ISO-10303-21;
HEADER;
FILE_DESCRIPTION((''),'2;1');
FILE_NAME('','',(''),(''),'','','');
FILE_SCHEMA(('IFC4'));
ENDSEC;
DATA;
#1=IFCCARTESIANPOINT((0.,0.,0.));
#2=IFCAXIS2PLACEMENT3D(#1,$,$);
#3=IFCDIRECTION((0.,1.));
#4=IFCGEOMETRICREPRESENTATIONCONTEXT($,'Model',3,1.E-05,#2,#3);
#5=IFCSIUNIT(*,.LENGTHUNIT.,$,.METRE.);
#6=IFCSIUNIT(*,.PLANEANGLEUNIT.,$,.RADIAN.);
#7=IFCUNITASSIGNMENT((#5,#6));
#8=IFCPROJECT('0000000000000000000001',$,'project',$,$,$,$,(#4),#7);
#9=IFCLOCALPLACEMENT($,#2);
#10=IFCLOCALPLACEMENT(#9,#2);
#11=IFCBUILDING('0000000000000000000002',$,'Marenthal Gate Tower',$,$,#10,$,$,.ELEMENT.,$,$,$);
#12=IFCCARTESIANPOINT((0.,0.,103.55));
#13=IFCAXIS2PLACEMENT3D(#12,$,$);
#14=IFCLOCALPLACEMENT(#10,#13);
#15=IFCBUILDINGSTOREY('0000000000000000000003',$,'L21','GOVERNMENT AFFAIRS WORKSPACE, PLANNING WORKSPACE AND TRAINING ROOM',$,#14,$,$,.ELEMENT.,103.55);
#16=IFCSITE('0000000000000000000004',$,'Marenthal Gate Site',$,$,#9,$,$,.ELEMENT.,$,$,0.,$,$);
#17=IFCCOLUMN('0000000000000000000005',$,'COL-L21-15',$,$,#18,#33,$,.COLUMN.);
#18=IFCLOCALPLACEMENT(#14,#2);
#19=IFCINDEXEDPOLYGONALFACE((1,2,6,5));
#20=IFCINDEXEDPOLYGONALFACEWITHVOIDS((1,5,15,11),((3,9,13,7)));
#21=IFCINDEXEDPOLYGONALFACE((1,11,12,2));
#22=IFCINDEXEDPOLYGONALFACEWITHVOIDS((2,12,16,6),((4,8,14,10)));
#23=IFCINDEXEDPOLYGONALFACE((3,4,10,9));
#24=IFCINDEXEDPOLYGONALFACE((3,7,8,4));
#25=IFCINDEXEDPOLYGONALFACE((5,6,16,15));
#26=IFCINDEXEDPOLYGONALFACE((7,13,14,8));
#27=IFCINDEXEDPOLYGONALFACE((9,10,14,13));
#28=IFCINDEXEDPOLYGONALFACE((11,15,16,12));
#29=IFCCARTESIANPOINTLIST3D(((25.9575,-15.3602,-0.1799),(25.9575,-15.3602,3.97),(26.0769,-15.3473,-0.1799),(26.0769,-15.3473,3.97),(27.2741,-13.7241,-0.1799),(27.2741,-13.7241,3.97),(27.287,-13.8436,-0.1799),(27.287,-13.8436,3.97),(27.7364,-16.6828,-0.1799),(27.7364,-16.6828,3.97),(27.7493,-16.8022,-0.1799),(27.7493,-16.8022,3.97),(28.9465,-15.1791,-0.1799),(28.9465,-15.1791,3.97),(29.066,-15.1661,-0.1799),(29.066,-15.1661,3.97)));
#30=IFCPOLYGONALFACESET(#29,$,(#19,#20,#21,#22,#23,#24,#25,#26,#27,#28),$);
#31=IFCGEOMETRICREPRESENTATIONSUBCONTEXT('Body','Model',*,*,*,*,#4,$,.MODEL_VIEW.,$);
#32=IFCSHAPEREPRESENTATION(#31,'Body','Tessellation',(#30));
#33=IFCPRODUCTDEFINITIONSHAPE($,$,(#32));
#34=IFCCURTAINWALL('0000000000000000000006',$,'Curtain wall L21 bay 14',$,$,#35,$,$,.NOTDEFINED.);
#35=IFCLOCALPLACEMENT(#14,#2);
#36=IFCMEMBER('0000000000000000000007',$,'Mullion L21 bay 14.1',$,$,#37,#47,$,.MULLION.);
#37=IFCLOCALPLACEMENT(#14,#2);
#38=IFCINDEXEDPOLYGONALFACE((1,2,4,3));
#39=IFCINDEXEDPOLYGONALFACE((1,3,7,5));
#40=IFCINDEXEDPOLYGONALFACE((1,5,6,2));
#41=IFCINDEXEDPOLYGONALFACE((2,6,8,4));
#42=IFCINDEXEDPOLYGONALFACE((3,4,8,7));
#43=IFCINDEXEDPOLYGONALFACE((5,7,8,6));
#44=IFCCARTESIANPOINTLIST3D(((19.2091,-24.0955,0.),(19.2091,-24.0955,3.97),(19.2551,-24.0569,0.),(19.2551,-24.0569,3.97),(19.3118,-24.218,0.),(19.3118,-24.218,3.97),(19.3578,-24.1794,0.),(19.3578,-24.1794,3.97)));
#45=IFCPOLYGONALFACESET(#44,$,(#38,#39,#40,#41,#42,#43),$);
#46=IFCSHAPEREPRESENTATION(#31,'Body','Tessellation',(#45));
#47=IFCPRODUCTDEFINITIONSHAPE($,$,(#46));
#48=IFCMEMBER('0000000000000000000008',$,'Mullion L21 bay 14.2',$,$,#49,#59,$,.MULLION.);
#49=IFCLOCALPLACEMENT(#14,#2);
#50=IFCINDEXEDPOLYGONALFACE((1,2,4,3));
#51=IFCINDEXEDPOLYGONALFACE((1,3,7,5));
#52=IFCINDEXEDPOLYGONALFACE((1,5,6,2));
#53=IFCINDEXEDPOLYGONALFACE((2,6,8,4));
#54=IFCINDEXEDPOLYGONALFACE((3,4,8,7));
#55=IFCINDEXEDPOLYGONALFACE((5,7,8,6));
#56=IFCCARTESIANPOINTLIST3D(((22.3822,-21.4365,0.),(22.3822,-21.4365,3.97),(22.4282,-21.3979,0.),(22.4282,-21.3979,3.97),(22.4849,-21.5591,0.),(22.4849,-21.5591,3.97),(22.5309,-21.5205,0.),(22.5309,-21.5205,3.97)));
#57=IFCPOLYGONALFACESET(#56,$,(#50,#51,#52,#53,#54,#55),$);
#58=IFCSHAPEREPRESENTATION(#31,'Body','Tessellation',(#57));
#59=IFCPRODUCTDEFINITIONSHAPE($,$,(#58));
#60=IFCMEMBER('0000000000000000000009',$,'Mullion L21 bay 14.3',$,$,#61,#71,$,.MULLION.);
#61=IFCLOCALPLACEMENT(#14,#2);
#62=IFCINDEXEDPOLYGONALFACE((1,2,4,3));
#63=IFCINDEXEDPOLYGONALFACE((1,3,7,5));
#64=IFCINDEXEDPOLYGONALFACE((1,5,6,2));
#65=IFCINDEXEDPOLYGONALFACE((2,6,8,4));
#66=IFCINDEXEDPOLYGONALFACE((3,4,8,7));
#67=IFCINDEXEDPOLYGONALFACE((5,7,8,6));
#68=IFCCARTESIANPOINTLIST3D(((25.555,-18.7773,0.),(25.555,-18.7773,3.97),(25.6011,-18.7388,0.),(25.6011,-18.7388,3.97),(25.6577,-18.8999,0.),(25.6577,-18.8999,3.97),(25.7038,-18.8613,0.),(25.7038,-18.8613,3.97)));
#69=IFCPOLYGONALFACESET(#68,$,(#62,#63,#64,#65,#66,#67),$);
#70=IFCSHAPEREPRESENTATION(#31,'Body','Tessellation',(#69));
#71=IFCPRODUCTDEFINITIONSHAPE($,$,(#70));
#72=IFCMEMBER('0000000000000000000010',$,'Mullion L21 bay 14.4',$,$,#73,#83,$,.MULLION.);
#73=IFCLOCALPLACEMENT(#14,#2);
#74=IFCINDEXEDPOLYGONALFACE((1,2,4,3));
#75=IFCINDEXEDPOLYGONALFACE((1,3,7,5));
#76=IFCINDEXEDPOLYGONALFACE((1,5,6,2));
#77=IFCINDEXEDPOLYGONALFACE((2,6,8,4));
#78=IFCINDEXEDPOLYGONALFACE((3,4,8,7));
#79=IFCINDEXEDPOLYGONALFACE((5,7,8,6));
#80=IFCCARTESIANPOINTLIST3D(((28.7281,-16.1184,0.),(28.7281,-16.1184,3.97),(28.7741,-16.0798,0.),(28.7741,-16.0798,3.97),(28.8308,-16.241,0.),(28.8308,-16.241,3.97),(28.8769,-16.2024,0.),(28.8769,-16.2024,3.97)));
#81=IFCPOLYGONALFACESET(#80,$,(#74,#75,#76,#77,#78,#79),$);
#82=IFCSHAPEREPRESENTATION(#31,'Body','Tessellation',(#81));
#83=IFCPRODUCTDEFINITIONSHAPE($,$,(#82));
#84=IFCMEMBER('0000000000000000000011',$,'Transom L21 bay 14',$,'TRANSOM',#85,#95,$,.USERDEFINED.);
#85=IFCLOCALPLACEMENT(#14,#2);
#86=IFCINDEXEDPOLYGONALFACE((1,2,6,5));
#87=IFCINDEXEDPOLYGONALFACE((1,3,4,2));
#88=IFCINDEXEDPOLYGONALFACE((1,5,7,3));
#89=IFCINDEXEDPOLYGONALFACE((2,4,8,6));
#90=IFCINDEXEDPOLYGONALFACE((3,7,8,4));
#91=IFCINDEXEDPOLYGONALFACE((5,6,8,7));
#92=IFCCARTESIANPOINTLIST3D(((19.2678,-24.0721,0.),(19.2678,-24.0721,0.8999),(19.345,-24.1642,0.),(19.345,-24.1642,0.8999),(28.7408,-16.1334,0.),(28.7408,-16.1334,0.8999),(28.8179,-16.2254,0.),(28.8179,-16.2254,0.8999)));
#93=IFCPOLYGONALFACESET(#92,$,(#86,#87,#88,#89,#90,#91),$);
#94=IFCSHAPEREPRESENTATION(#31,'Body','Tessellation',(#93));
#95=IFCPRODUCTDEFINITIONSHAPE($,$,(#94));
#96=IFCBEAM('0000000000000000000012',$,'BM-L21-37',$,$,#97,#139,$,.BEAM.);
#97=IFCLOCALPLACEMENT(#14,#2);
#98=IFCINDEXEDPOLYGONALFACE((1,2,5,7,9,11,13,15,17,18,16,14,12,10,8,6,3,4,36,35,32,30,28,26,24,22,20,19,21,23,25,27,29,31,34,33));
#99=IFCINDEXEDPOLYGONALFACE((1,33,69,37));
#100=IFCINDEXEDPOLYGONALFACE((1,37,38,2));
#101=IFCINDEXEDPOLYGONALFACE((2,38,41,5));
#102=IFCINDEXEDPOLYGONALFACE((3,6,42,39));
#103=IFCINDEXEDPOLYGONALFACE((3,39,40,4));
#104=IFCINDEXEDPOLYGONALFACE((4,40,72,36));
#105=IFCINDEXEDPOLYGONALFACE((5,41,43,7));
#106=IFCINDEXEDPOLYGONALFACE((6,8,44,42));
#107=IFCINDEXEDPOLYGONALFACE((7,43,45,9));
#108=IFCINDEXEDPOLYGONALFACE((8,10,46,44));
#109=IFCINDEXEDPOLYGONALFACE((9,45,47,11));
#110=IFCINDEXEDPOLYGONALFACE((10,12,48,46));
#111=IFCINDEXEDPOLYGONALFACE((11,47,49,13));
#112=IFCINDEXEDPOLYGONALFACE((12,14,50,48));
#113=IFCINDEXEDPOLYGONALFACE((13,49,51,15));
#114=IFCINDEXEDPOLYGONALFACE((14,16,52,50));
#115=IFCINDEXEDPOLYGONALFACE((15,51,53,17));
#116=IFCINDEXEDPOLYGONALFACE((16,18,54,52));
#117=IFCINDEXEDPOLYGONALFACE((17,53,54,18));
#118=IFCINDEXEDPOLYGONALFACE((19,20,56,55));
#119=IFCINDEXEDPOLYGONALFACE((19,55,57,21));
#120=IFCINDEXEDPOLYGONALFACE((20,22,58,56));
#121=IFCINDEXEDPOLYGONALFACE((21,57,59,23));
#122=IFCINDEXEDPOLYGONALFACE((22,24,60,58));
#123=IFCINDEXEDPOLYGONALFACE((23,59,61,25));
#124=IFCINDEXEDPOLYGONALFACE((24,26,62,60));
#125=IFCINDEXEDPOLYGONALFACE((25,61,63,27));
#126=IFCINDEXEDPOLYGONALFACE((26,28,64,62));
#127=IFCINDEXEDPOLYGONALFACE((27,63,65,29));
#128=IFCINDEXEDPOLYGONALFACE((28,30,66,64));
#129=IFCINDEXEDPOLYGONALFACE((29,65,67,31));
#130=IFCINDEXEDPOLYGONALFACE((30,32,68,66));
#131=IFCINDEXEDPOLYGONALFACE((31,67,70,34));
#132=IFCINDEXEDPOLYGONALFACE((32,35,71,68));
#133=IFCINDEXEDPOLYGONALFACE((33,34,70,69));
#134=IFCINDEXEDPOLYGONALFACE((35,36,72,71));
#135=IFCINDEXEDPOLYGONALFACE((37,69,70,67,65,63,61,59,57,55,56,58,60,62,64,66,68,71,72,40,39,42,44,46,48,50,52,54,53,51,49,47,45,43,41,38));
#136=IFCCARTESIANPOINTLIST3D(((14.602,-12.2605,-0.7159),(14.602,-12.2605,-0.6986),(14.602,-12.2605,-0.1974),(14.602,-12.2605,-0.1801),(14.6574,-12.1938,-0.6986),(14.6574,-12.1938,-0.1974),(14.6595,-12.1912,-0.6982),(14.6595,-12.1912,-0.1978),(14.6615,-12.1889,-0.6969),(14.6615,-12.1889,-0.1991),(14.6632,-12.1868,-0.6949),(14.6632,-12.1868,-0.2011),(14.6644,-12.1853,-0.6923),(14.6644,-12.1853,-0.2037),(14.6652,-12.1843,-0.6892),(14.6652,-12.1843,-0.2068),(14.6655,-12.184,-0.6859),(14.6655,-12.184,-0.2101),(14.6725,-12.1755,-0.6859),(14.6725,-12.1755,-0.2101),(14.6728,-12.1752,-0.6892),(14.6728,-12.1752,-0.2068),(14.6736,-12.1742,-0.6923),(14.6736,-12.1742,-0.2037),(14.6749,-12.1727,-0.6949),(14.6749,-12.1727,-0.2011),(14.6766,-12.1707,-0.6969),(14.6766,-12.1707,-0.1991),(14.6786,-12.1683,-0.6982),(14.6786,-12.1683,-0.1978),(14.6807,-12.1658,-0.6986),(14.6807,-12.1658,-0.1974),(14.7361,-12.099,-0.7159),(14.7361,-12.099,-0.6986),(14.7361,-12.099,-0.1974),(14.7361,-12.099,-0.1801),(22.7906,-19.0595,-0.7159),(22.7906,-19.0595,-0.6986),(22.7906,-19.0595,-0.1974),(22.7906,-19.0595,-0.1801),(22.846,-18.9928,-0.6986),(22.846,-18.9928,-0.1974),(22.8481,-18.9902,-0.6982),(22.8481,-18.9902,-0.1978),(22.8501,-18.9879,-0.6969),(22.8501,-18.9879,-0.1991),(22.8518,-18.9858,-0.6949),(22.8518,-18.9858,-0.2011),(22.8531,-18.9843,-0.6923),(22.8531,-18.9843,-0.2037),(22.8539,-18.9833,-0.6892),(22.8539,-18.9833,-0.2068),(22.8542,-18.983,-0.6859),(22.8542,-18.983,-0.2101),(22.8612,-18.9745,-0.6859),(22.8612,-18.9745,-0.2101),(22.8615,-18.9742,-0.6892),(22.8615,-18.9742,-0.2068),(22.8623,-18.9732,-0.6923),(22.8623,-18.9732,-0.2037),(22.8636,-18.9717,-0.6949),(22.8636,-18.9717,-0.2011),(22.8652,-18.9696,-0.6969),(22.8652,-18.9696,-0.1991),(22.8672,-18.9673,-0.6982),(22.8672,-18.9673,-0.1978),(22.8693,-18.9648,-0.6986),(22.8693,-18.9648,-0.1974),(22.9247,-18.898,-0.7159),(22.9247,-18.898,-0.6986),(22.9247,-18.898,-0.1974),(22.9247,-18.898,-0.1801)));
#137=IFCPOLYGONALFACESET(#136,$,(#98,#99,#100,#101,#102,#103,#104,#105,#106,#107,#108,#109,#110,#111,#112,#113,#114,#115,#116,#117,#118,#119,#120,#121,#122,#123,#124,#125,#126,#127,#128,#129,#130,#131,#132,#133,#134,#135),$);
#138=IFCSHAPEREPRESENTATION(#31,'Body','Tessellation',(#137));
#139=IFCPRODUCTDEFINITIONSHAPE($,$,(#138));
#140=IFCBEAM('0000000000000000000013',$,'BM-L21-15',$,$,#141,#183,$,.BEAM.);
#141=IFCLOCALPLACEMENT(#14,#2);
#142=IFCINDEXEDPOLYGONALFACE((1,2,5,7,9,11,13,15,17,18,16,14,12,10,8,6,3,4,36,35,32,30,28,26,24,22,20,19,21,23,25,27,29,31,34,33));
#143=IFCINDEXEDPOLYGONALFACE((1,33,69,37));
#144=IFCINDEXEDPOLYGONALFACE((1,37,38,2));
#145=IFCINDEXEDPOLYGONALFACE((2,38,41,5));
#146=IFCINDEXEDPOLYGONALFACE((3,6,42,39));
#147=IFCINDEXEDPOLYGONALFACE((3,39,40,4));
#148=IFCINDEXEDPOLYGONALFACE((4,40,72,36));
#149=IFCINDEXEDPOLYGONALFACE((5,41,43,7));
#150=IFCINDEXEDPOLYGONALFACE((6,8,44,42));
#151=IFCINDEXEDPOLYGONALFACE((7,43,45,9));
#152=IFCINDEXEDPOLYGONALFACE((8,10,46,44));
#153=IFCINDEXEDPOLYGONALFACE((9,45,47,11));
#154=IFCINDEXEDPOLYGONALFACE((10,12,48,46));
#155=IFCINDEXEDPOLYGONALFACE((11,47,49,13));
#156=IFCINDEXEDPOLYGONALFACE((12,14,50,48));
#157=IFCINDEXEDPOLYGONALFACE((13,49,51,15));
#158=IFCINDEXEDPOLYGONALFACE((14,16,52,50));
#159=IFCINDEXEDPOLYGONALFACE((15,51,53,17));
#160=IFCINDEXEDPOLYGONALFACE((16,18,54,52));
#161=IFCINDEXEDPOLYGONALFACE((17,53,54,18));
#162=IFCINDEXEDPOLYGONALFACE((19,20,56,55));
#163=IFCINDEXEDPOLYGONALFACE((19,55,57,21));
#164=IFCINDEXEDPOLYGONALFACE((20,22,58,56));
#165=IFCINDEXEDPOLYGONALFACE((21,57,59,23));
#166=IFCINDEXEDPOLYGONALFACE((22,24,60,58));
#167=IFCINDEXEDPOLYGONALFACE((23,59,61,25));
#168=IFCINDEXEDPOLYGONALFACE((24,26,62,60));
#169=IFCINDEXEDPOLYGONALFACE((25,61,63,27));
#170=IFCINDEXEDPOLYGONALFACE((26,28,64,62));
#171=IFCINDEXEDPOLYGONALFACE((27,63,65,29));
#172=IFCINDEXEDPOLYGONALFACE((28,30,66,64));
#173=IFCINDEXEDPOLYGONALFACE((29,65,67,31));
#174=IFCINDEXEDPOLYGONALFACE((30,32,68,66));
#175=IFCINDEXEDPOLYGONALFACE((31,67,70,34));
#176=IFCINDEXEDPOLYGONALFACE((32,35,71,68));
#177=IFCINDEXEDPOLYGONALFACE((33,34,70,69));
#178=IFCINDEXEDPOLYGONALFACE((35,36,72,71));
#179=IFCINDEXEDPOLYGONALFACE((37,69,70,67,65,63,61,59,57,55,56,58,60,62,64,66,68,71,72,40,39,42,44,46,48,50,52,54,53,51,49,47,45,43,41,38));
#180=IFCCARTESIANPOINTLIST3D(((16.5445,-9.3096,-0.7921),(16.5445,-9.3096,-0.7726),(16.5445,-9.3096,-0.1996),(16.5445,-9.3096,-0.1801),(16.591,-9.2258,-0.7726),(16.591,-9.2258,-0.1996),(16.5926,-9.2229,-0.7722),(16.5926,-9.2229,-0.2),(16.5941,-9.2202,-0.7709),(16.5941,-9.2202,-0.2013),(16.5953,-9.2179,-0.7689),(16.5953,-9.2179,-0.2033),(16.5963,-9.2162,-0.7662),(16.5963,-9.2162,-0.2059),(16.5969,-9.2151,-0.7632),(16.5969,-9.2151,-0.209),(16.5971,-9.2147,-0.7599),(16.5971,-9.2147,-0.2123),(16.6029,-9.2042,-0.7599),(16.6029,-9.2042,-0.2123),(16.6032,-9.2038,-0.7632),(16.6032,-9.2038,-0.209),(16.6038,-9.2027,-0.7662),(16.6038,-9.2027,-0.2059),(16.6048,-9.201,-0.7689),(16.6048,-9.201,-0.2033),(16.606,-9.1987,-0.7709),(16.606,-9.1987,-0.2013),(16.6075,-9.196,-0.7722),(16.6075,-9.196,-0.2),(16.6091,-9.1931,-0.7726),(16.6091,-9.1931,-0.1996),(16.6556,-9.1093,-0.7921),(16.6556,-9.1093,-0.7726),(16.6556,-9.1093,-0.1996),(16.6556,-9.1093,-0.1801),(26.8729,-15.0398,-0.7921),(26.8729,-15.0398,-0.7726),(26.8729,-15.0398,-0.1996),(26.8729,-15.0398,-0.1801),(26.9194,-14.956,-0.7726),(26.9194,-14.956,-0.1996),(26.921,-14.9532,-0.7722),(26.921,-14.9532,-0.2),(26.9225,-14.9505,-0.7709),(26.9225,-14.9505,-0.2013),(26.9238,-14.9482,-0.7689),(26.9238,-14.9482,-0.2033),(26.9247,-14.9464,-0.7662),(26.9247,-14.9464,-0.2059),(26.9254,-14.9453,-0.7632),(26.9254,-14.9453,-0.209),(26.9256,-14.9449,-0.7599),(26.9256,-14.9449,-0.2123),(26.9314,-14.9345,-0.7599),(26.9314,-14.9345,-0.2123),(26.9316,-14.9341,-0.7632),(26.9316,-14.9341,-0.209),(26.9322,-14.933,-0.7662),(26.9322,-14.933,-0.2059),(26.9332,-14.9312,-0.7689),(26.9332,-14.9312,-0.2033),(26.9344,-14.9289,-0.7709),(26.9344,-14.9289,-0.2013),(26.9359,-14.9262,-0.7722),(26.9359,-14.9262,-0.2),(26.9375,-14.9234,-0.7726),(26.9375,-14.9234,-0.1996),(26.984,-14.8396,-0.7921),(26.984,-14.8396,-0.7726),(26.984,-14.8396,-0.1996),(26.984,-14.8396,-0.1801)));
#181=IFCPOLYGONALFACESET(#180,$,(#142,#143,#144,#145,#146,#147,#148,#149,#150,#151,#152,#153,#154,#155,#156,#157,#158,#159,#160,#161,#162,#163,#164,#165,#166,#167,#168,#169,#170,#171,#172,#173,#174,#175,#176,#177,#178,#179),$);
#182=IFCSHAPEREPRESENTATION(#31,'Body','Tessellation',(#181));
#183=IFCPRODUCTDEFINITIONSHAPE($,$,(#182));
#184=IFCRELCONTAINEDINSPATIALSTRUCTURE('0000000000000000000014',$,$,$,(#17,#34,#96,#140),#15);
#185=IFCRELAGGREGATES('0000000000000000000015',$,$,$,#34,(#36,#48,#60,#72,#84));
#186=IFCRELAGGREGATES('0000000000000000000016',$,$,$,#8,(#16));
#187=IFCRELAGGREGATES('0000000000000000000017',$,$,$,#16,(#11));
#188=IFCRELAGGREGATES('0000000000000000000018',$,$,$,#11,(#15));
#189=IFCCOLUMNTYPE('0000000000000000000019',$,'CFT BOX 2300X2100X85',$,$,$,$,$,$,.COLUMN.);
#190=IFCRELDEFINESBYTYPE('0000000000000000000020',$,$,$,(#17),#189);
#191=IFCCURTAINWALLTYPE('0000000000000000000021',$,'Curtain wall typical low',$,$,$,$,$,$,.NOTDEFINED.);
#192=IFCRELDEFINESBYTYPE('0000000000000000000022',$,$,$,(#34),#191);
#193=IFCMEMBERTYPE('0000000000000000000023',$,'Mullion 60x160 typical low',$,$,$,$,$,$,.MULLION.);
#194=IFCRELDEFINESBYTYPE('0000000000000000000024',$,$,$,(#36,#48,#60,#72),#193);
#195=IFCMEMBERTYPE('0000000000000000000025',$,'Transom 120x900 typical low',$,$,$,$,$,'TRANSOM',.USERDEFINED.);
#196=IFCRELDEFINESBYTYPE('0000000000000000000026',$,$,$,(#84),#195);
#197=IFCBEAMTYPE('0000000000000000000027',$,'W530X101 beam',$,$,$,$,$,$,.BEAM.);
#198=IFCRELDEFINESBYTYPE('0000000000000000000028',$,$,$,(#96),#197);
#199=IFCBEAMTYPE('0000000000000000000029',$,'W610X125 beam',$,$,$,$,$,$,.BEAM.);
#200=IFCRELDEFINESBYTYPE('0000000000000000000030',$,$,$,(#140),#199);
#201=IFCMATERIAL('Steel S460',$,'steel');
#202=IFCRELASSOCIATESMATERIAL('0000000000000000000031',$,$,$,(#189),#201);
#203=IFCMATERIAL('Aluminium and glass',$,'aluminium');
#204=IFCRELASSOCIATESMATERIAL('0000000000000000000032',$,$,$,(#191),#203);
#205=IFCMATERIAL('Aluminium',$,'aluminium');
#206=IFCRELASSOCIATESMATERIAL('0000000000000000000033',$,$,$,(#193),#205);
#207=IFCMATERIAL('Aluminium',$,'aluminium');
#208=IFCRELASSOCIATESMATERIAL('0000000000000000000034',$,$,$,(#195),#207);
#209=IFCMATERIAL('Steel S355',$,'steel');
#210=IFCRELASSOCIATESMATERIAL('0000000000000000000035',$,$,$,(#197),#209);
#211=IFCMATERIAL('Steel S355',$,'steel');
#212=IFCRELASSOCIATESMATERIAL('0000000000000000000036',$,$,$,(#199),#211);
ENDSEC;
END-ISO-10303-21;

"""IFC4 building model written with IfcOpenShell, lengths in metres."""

from ifc_helpers import new_model, si_unit, direction, frame, origin, origin_2d, place, context, subcontext, project, spatial, rectangle, hollow_rectangle, i_section, extrude, material, material_profile, profile_set, type_object, element, aggregate, save


model = new_model("IFC4")

# Units and contexts
model_context = context("Model", 3, precision=1e-05, world=origin(), true_north=direction((0.0, 1.0)))
body_context = subcontext(model_context, "Body", "Model", "MODEL_VIEW")
ifc_project = project(units=[si_unit("LENGTHUNIT", "METRE"), si_unit("PLANEANGLEUNIT", "RADIAN")], contexts=[model_context])

# Site, building, storey
site_placement = place(None, origin())
site = spatial("IfcSite", under=ifc_project, at=site_placement, Name="Marenthal Gate Site", CompositionType="ELEMENT", RefElevation=0.0)
building_placement = place(site_placement, origin())
building = spatial("IfcBuilding", under=site, at=building_placement, Name="Marenthal Gate Tower", CompositionType="ELEMENT")
storey_placement = place(building_placement, frame((0.0, 0.0, 103.55)))
storey = spatial("IfcBuildingStorey", under=building, at=storey_placement, Name="L21", Description="GOVERNMENT AFFAIRS WORKSPACE, PLANNING WORKSPACE AND TRAINING ROOM", CompositionType="ELEMENT", Elevation=103.55)

# Column
ifc_material_1 = material(Name="Steel S460", Category="steel")
ifc_material_profile_1 = material_profile(ifc_material_1, hollow_rectangle(XDim=2.1001, YDim=2.3, WallThickness=0.085, at=origin_2d()), Name="CFT BOX 2300X2100X85")
ifc_material_2 = material(Name="Concrete 70 MPa", Category="concrete")
ifc_material_profile_2 = material_profile(ifc_material_2, rectangle(XDim=1.9299, YDim=2.1299, at=origin_2d()), Name="CFT BOX 2300X2100X85 INFILL")
ifc_profile_set_1 = profile_set([ifc_material_profile_1, ifc_material_profile_2], Name="Steel S460 shell, Concrete 70 MPa infill")
column_type = type_object("IfcColumnType", Name="CFT BOX 2300X2100X85", PredefinedType="COLUMN", material=ifc_profile_set_1)
column_placement = place(storey_placement, frame((27.5117, -15.2632, -0.1799), z_axis=(0.0, 0.0, 1.0), x_axis=(-0.626945, -0.779063, 0.0)))
element("IfcColumn", 1, at=column_placement, inside=storey, type_object=column_type, Name="COL-L21-15", PredefinedType="COLUMN", context=body_context, shape_type="SweptSolid", body=[
    extrude(hollow_rectangle(XDim=2.1001, YDim=2.3, WallThickness=0.085, at=origin_2d()), origin(), (0.0, 0.0, 1.0), 4.1499),
])

# Curtain wall, members
ifc_material_3 = material(Name="Aluminium and glass", Category="aluminium")
curtain_wall_type = type_object("IfcCurtainWallType", Name="Curtain wall typical low", PredefinedType="NOTDEFINED", material=ifc_material_3)
curtain_wall_placement = place(storey_placement, origin())
curtain_wall = element("IfcCurtainWall", 2, at=curtain_wall_placement, inside=storey, type_object=curtain_wall_type, Name="Curtain wall L21 bay 14", PredefinedType="NOTDEFINED")
ifc_material_4 = material(Name="Aluminium", Category="aluminium")
ifc_material_profile_3 = material_profile(ifc_material_4, rectangle(XDim=0.1599, YDim=0.0601, at=origin_2d()), Name="60x160 aluminium mullion")
ifc_profile_set_2 = profile_set([ifc_material_profile_3], Name="Aluminium")
member_type_1 = type_object("IfcMemberType", Name="Mullion 60x160 typical low", PredefinedType="MULLION", material=ifc_profile_set_2)
member_1_placement = place(storey_placement, frame((19.2834, -24.1375, 0.0), z_axis=(0.0, 0.0, 1.0), x_axis=(-0.642308, 0.766447, 0.0)))
member_1 = element("IfcMember", 3, at=member_1_placement, type_object=member_type_1, Name="Mullion L21 bay 14.1", PredefinedType="MULLION", context=body_context, shape_type="SweptSolid", body=[
    extrude(rectangle(XDim=0.1599, YDim=0.0601, at=origin_2d()), origin(), (0.0, 0.0, 1.0), 3.97),
])
member_2_placement = place(storey_placement, frame((22.4565, -21.4785, 0.0), z_axis=(0.0, 0.0, 1.0), x_axis=(-0.642308, 0.766447, 0.0)))
member_2 = element("IfcMember", 4, at=member_2_placement, type_object=member_type_1, Name="Mullion L21 bay 14.2", PredefinedType="MULLION", context=body_context, shape_type="SweptSolid", body=[
    extrude(rectangle(XDim=0.1599, YDim=0.0601, at=origin_2d()), origin(), (0.0, 0.0, 1.0), 3.97),
])
member_3_placement = place(storey_placement, frame((25.6294, -18.8193, 0.0), z_axis=(0.0, 0.0, 1.0), x_axis=(-0.642308, 0.766447, 0.0)))
member_3 = element("IfcMember", 5, at=member_3_placement, type_object=member_type_1, Name="Mullion L21 bay 14.3", PredefinedType="MULLION", context=body_context, shape_type="SweptSolid", body=[
    extrude(rectangle(XDim=0.1599, YDim=0.0601, at=origin_2d()), origin(), (0.0, 0.0, 1.0), 3.97),
])
member_4_placement = place(storey_placement, frame((28.8025, -16.1604, 0.0), z_axis=(0.0, 0.0, 1.0), x_axis=(-0.642308, 0.766447, 0.0)))
member_4 = element("IfcMember", 6, at=member_4_placement, type_object=member_type_1, Name="Mullion L21 bay 14.4", PredefinedType="MULLION", context=body_context, shape_type="SweptSolid", body=[
    extrude(rectangle(XDim=0.1599, YDim=0.0601, at=origin_2d()), origin(), (0.0, 0.0, 1.0), 3.97),
])
ifc_material_5 = material(Name="Aluminium", Category="aluminium")
ifc_material_profile_4 = material_profile(ifc_material_5, rectangle(XDim=0.1201, YDim=0.8999, at=origin_2d()), Name="120x900 aluminium transom")
ifc_profile_set_3 = profile_set([ifc_material_profile_4], Name="Aluminium")
member_type_2 = type_object("IfcMemberType", Name="Transom 120x900 typical low", ElementType="TRANSOM", PredefinedType="USERDEFINED", material=ifc_profile_set_3)
member_5_placement = place(storey_placement, frame((19.3064, -24.1182, 0.45), z_axis=(0.766442, 0.642313, 0.0), x_axis=(-0.642313, 0.766442, 0.0)))
member_5 = element("IfcMember", 7, at=member_5_placement, type_object=member_type_2, Name="Transom L21 bay 14", ObjectType="TRANSOM", PredefinedType="USERDEFINED", context=body_context, shape_type="SweptSolid", body=[
    extrude(rectangle(XDim=0.1201, YDim=0.8999, at=origin_2d()), origin(), (0.0, 0.0, 1.0), 12.3596),
])

# Beams
ifc_material_6 = material(Name="Steel S355", Category="steel")
ifc_material_profile_5 = material_profile(ifc_material_6, i_section(OverallWidth=0.21, OverallDepth=0.5359, WebThickness=0.011, FlangeThickness=0.0173, FilletRadius=0.0127, at=origin_2d()), Name="W530X101")
ifc_profile_set_4 = profile_set([ifc_material_profile_5], Name="Steel S355")
beam_type_1 = type_object("IfcBeamType", Name="W530X101 beam", PredefinedType="BEAM", material=ifc_profile_set_4)
beam_1_placement = place(storey_placement, frame((22.8577, -18.9788, -0.448), z_axis=(-0.769369, 0.638805, 0.0), x_axis=(-0.638805, -0.769369, 0.0)))
element("IfcBeam", 8, at=beam_1_placement, inside=storey, type_object=beam_type_1, Name="BM-L21-37", PredefinedType="BEAM", context=body_context, shape_type="SweptSolid", body=[
    extrude(i_section(OverallWidth=0.21, OverallDepth=0.5359, WebThickness=0.011, FlangeThickness=0.0173, FilletRadius=0.0127, at=origin_2d()), origin(), (0.0, 0.0, 1.0), 10.6433),
])
ifc_material_7 = material(Name="Steel S355", Category="steel")
ifc_material_profile_6 = material_profile(ifc_material_7, i_section(OverallWidth=0.229, OverallDepth=0.6121, WebThickness=0.012, FlangeThickness=0.0195, FilletRadius=0.0127, at=origin_2d()), Name="W610X125")
ifc_profile_set_5 = profile_set([ifc_material_profile_6], Name="Steel S355")
beam_type_2 = type_object("IfcBeamType", Name="W610X125 beam", PredefinedType="BEAM", material=ifc_profile_set_5)
beam_2_placement = place(storey_placement, frame((26.9285, -14.9397, -0.4861), z_axis=(-0.874436, 0.485141, 0.0), x_axis=(-0.485141, -0.874436, 0.0)))
element("IfcBeam", 9, at=beam_2_placement, inside=storey, type_object=beam_type_2, Name="BM-L21-15", PredefinedType="BEAM", context=body_context, shape_type="SweptSolid", body=[
    extrude(i_section(OverallWidth=0.229, OverallDepth=0.6121, WebThickness=0.012, FlangeThickness=0.0195, FilletRadius=0.0127, at=origin_2d()), origin(), (0.0, 0.0, 1.0), 11.8115),
])

aggregate(curtain_wall, [member_1, member_2, member_3, member_4, member_5])

save(model, "model.ifc")
